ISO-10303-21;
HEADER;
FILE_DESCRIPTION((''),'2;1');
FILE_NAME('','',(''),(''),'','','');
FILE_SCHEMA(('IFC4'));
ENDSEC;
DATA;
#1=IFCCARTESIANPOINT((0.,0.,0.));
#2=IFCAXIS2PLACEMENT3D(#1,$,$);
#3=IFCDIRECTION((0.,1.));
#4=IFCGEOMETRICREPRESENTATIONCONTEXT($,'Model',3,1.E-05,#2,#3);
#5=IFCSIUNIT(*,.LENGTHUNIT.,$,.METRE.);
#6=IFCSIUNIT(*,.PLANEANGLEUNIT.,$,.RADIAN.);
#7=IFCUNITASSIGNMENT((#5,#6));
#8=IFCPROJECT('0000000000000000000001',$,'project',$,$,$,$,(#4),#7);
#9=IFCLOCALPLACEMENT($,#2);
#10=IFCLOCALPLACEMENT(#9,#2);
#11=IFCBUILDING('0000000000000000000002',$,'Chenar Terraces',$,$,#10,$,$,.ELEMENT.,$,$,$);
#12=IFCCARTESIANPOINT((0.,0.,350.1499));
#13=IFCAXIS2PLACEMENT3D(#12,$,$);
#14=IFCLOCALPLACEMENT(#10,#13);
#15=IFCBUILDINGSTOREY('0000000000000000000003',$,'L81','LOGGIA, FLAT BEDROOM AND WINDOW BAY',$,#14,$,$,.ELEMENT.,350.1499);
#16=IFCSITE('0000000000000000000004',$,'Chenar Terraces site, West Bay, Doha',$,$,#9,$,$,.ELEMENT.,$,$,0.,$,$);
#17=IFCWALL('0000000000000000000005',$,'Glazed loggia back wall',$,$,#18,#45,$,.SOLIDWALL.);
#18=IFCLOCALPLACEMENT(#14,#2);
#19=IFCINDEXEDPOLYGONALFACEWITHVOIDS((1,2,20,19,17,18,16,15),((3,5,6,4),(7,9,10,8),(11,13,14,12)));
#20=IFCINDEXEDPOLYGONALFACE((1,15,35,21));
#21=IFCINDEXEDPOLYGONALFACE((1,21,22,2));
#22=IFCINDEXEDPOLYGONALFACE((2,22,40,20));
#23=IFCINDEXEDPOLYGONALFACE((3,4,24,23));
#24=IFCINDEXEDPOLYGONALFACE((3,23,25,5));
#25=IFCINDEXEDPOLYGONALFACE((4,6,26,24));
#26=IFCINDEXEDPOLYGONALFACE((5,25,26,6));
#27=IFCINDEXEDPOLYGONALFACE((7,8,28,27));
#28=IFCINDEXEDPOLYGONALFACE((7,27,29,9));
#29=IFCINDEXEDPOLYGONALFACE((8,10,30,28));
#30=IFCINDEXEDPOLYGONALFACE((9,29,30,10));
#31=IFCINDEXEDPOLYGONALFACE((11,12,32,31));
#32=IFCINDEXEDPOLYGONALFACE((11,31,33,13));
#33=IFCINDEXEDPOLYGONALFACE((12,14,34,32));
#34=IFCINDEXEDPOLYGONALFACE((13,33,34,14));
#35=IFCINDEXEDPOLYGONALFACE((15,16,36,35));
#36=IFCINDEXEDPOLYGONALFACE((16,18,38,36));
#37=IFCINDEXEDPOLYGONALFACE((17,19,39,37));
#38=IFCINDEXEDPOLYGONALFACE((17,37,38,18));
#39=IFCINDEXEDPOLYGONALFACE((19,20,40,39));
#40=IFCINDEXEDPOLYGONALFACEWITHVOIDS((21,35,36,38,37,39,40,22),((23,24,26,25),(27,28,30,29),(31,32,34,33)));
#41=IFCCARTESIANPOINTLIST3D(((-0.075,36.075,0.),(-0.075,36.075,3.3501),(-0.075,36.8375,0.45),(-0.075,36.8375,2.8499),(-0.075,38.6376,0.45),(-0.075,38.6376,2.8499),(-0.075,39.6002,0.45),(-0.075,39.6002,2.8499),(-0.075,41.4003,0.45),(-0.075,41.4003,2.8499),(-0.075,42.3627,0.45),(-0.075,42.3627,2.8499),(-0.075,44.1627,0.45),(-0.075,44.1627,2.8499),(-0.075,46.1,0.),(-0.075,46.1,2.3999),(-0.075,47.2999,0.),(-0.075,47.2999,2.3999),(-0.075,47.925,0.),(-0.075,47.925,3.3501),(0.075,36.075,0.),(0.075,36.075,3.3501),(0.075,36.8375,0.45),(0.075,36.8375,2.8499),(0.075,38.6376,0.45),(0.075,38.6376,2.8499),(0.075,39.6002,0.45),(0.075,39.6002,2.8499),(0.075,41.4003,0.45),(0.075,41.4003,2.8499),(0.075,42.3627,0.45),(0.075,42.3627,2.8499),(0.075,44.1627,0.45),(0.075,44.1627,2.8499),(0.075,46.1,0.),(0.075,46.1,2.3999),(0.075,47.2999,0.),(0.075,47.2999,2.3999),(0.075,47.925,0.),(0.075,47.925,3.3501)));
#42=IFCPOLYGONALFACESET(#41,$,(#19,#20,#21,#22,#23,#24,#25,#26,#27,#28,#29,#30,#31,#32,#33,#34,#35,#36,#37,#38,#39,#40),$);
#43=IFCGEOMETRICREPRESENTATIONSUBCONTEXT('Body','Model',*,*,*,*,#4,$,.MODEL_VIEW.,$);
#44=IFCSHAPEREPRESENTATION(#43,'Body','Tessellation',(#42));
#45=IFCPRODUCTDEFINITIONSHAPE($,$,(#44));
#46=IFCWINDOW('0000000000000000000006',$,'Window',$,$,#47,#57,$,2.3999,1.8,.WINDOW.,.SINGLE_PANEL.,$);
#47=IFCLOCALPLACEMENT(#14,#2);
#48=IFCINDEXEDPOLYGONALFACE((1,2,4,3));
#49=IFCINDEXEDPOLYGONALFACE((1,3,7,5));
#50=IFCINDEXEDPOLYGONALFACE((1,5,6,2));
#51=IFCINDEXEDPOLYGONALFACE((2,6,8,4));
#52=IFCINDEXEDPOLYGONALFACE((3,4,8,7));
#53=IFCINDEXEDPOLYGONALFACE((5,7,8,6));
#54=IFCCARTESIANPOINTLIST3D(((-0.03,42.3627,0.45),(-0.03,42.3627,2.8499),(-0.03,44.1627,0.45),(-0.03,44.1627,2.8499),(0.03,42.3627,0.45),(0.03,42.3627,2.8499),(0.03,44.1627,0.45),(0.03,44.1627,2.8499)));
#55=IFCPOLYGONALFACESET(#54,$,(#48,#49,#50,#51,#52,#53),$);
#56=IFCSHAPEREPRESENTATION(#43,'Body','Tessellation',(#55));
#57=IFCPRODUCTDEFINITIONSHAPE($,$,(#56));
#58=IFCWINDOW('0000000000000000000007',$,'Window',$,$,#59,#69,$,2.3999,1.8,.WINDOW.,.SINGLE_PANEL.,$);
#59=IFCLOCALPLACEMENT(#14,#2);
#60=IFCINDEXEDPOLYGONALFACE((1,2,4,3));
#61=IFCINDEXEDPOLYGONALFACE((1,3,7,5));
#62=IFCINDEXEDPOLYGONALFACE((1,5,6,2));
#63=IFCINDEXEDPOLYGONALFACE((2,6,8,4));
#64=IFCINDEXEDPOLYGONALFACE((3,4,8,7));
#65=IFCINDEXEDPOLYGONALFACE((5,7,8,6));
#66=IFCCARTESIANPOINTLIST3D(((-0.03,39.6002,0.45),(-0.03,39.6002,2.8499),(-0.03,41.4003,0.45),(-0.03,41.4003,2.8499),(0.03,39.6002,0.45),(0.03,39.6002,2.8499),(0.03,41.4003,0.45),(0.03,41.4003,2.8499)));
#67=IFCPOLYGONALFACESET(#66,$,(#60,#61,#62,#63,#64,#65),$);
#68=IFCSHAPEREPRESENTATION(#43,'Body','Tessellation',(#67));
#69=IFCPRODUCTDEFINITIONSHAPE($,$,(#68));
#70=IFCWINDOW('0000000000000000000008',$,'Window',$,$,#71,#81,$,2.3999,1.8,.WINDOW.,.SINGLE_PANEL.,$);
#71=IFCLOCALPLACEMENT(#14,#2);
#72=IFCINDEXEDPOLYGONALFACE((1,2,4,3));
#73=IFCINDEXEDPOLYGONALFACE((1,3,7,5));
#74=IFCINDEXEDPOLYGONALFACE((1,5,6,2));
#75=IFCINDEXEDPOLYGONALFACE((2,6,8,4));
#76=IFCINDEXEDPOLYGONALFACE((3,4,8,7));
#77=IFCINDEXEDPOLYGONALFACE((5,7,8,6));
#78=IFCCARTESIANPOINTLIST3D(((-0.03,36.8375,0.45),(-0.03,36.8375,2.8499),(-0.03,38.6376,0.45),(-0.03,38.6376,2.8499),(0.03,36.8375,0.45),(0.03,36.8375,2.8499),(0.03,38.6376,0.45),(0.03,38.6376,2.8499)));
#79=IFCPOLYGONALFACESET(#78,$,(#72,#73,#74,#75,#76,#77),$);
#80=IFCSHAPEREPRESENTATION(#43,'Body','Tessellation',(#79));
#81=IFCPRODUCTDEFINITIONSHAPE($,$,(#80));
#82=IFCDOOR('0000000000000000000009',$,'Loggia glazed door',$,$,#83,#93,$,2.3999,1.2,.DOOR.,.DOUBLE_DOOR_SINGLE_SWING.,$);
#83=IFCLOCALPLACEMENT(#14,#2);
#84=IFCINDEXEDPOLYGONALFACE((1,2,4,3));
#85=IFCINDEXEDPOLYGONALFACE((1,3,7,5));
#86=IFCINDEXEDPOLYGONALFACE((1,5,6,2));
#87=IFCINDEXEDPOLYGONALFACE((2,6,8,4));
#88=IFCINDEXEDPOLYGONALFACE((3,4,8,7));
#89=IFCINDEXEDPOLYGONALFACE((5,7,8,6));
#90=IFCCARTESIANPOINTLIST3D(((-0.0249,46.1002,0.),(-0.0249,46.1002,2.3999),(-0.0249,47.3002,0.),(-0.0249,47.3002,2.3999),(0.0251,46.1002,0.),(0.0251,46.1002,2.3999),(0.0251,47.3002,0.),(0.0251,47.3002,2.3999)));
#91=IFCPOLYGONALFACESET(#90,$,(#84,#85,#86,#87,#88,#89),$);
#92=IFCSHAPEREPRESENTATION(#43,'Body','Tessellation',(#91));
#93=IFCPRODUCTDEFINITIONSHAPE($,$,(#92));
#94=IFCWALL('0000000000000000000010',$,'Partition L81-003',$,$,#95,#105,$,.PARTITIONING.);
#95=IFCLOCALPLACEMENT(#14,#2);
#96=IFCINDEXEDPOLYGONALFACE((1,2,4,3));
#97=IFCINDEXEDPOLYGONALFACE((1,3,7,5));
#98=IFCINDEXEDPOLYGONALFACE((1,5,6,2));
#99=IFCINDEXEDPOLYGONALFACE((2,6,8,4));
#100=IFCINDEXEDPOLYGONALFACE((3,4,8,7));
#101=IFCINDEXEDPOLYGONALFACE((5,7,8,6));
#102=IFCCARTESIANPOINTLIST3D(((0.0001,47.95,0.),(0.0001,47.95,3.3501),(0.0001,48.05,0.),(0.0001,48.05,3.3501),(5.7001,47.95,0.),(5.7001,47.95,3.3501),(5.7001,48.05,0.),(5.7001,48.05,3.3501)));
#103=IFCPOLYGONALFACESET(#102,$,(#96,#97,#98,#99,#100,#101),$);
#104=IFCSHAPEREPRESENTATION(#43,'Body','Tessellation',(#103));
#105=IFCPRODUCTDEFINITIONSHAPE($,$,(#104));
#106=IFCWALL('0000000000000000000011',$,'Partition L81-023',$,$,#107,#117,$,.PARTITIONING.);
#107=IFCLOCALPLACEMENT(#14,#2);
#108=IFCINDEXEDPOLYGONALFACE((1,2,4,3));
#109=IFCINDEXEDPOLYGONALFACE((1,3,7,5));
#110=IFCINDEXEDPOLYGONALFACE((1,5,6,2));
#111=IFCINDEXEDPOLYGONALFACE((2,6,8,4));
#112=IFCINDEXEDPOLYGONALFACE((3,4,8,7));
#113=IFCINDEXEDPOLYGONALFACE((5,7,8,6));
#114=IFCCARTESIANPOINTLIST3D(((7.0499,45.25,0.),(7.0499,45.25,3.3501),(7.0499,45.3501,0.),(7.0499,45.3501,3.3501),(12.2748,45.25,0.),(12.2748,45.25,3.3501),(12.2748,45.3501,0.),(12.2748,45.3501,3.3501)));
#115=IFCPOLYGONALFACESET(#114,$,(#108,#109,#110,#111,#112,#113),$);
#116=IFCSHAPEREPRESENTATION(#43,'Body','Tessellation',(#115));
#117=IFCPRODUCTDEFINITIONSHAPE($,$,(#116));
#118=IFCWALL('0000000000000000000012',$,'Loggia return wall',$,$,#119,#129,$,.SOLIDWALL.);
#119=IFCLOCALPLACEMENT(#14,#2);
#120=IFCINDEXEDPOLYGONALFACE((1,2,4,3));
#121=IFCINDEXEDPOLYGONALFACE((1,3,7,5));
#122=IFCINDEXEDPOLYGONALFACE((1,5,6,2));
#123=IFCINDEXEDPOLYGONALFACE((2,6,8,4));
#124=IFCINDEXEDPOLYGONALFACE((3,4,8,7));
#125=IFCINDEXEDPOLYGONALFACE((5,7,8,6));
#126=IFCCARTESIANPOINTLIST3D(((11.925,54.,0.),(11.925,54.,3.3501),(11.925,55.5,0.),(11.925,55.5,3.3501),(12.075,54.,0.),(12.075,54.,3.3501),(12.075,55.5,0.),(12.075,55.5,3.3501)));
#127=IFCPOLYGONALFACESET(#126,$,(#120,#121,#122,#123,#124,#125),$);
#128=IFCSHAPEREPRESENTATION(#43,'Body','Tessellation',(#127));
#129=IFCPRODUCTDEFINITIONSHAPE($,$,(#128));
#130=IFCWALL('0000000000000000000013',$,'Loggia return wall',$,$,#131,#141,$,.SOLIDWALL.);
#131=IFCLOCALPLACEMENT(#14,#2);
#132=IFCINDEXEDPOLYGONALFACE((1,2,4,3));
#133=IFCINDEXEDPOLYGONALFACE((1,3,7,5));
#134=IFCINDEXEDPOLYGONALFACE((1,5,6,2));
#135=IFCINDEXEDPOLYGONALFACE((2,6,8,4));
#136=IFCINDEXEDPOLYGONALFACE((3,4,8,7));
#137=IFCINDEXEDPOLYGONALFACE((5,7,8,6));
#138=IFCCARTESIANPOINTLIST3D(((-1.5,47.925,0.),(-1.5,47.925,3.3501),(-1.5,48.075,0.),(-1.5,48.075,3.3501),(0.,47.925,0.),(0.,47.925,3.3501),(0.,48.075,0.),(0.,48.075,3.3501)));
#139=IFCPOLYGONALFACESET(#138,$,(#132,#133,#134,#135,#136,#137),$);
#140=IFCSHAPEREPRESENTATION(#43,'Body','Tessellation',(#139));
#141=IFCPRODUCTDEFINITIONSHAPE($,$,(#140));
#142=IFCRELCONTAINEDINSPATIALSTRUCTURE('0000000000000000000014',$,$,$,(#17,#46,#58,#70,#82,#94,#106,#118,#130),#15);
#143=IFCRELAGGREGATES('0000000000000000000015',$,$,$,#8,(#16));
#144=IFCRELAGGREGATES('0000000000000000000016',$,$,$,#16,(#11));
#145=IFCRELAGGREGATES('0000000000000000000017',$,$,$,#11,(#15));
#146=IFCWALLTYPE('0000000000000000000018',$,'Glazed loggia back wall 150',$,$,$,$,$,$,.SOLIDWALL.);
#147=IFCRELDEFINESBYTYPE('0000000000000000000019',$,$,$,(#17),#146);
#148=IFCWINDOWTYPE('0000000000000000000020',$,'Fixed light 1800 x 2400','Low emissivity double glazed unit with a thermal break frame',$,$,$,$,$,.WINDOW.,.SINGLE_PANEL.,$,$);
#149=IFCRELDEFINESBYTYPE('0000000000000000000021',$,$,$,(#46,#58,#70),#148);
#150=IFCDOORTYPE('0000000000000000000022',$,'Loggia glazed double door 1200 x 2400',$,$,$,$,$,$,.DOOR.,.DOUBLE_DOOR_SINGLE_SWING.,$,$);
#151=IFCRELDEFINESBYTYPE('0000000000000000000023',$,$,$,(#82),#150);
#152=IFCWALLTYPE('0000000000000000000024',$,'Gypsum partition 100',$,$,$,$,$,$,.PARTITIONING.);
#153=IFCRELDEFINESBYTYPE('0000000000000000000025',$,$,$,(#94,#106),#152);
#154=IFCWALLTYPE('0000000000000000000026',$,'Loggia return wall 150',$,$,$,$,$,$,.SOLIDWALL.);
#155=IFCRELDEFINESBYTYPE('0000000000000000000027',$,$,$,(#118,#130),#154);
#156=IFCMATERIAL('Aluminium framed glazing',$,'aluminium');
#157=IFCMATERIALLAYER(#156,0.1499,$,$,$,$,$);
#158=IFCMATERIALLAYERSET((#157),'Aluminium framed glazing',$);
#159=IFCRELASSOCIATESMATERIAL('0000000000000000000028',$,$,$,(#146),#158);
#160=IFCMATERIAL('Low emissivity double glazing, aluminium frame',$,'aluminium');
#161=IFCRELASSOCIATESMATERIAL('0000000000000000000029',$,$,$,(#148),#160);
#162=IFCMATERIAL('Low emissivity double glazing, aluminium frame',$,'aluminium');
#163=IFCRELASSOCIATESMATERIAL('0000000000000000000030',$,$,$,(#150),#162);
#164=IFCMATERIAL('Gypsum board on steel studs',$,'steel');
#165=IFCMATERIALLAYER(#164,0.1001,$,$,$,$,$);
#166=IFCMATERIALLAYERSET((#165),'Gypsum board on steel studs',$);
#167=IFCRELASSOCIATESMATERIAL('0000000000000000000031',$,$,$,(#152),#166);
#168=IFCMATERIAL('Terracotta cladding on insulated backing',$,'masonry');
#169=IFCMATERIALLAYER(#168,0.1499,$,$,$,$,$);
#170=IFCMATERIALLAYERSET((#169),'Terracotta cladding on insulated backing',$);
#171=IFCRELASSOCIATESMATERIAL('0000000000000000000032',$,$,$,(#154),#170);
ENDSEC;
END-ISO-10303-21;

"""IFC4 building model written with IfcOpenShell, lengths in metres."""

from ifc_helpers import new_model, si_unit, direction, frame, frame_2d, origin, place, context, subcontext, project, spatial, rectangle, extrude, material, layer, layer_set, type_object, element, fill, save


model = new_model("IFC4")

# Units and contexts
model_context = context("Model", 3, precision=1e-05, world=origin(), true_north=direction((0.0, 1.0)))
body_context = subcontext(model_context, "Body", "Model", "MODEL_VIEW")
ifc_project = project(units=[si_unit("LENGTHUNIT", "METRE"), si_unit("PLANEANGLEUNIT", "RADIAN")], contexts=[model_context])

# Site, building, storey
site_placement = place(None, origin())
site = spatial("IfcSite", under=ifc_project, at=site_placement, Name="Chenar Terraces site, West Bay, Doha", CompositionType="ELEMENT", RefElevation=0.0)
building_placement = place(site_placement, origin())
building = spatial("IfcBuilding", under=site, at=building_placement, Name="Chenar Terraces", CompositionType="ELEMENT")
storey_placement = place(building_placement, frame((0.0, 0.0, 350.1499)))
storey = spatial("IfcBuildingStorey", under=building, at=storey_placement, Name="L81", Description="LOGGIA, FLAT BEDROOM AND WINDOW BAY", CompositionType="ELEMENT", Elevation=350.1499)

# Wall, openings, windows, door
ifc_material_1 = material(Name="Aluminium framed glazing", Category="aluminium")
ifc_layer_1 = layer(ifc_material_1, 0.1499)
ifc_layer_set_1 = layer_set([ifc_layer_1], Name="Aluminium framed glazing")
wall_type_1 = type_object("IfcWallType", Name="Glazed loggia back wall 150", PredefinedType="SOLIDWALL", material=ifc_layer_set_1)
wall_1_placement = place(storey_placement, frame((0.0, 47.925, 0.0), z_axis=(0.0, 0.0, 1.0), x_axis=(0.0, -1.0, 0.0)))
wall_1 = element("IfcWall", 1, at=wall_1_placement, inside=storey, type_object=wall_type_1, Name="Glazed loggia back wall", PredefinedType="SOLIDWALL", context=body_context, shape_type="SweptSolid", body=[
    extrude(rectangle(XDim=11.8501, YDim=0.1499, at=frame_2d((5.925, 0.0))), origin(), (0.0, 0.0, 1.0), 3.3501),
])
opening_1_placement = place(wall_1_placement, frame((0.625, 0.0, 0.0)))
opening_1 = element("IfcOpeningElement", 2, at=opening_1_placement, cuts=wall_1, PredefinedType="OPENING", context=body_context, shape_type="SweptSolid", body=[
    extrude(rectangle(XDim=1.2, YDim=2.3999, at=frame_2d((0.6001, 1.2))), frame((0.0, 0.085, 0.0), z_axis=(0.0, -1.0, 0.0), x_axis=(1.0, 0.0, 0.0)), (0.0, 0.0, 1.0), 0.1699),
])
opening_2_placement = place(wall_1_placement, frame((3.7625, 0.0, 0.45)))
opening_2 = element("IfcOpeningElement", 3, at=opening_2_placement, cuts=wall_1, PredefinedType="OPENING", context=body_context, shape_type="SweptSolid", body=[
    extrude(rectangle(XDim=1.8, YDim=2.3999, at=frame_2d((0.8999, 1.2))), frame((0.0, 0.085, 0.0), z_axis=(0.0, -1.0, 0.0), x_axis=(1.0, 0.0, 0.0)), (0.0, 0.0, 1.0), 0.1699),
])
opening_3_placement = place(wall_1_placement, frame((6.5249, 0.0, 0.45)))
opening_3 = element("IfcOpeningElement", 4, at=opening_3_placement, cuts=wall_1, PredefinedType="OPENING", context=body_context, shape_type="SweptSolid", body=[
    extrude(rectangle(XDim=1.8, YDim=2.3999, at=frame_2d((0.8999, 1.2))), frame((0.0, 0.085, 0.0), z_axis=(0.0, -1.0, 0.0), x_axis=(1.0, 0.0, 0.0)), (0.0, 0.0, 1.0), 0.1699),
])
opening_4_placement = place(wall_1_placement, frame((9.2876, 0.0, 0.45)))
opening_4 = element("IfcOpeningElement", 5, at=opening_4_placement, cuts=wall_1, PredefinedType="OPENING", context=body_context, shape_type="SweptSolid", body=[
    extrude(rectangle(XDim=1.8, YDim=2.3999, at=frame_2d((0.8999, 1.2))), frame((0.0, 0.085, 0.0), z_axis=(0.0, -1.0, 0.0), x_axis=(1.0, 0.0, 0.0)), (0.0, 0.0, 1.0), 0.1699),
])
ifc_material_2 = material(Name="Low emissivity double glazing, aluminium frame", Category="aluminium")
window_type_1 = type_object("IfcWindowType", Name="Fixed light 1800 x 2400", Description="Low emissivity double glazed unit with a thermal break frame", PartitioningType="SINGLE_PANEL", PredefinedType="WINDOW", material=ifc_material_2)
window_1_placement = place(opening_2_placement, origin())
window_1 = element("IfcWindow", 6, at=window_1_placement, inside=storey, type_object=window_type_1, Name="Window", OverallHeight=2.3999, OverallWidth=1.8, PartitioningType="SINGLE_PANEL", PredefinedType="WINDOW", context=body_context, shape_type="SweptSolid", body=[
    extrude(rectangle(XDim=1.8, YDim=2.3999, at=frame_2d((0.8999, 1.2))), frame((0.0, 0.03, 0.0), z_axis=(0.0, -1.0, 0.0), x_axis=(1.0, 0.0, 0.0)), (0.0, 0.0, 1.0), 0.0601),
])
fill(opening_2, window_1)
window_2_placement = place(opening_3_placement, origin())
window_2 = element("IfcWindow", 7, at=window_2_placement, inside=storey, type_object=window_type_1, Name="Window", OverallHeight=2.3999, OverallWidth=1.8, PartitioningType="SINGLE_PANEL", PredefinedType="WINDOW", context=body_context, shape_type="SweptSolid", body=[
    extrude(rectangle(XDim=1.8, YDim=2.3999, at=frame_2d((0.8999, 1.2))), frame((0.0, 0.03, 0.0), z_axis=(0.0, -1.0, 0.0), x_axis=(1.0, 0.0, 0.0)), (0.0, 0.0, 1.0), 0.0601),
])
fill(opening_3, window_2)
window_3_placement = place(opening_4_placement, origin())
window_3 = element("IfcWindow", 8, at=window_3_placement, inside=storey, type_object=window_type_1, Name="Window", OverallHeight=2.3999, OverallWidth=1.8, PartitioningType="SINGLE_PANEL", PredefinedType="WINDOW", context=body_context, shape_type="SweptSolid", body=[
    extrude(rectangle(XDim=1.8, YDim=2.3999, at=frame_2d((0.8999, 1.2))), frame((0.0, 0.03, 0.0), z_axis=(0.0, -1.0, 0.0), x_axis=(1.0, 0.0, 0.0)), (0.0, 0.0, 1.0), 0.0601),
])
fill(opening_4, window_3)
ifc_material_3 = material(Name="Low emissivity double glazing, aluminium frame", Category="aluminium")
door_type = type_object("IfcDoorType", Name="Loggia glazed double door 1200 x 2400", OperationType="DOUBLE_DOOR_SINGLE_SWING", PredefinedType="DOOR", material=ifc_material_3)
door_placement = place(opening_1_placement, frame((1.2, 0.0, 0.0), z_axis=(0.0, 0.0, 1.0), x_axis=(-1.0, 0.0, 0.0)))
door = element("IfcDoor", 9, at=door_placement, inside=storey, type_object=door_type, Name="Loggia glazed door", OperationType="DOUBLE_DOOR_SINGLE_SWING", OverallHeight=2.3999, OverallWidth=1.2, PredefinedType="DOOR", context=body_context, shape_type="SweptSolid", body=[
    extrude(rectangle(XDim=1.2, YDim=2.3999, at=frame_2d((0.6001, 1.2))), frame((0.0, 0.0249, 0.0), z_axis=(0.0, -1.0, 0.0), x_axis=(1.0, 0.0, 0.0)), (0.0, 0.0, 1.0), 0.05),
])
fill(opening_1, door)

# Walls
ifc_material_4 = material(Name="Gypsum board on steel studs", Category="steel")
ifc_layer_2 = layer(ifc_material_4, 0.1001)
ifc_layer_set_2 = layer_set([ifc_layer_2], Name="Gypsum board on steel studs")
wall_type_2 = type_object("IfcWallType", Name="Gypsum partition 100", PredefinedType="PARTITIONING", material=ifc_layer_set_2)
wall_2_placement = place(storey_placement, frame((0.0, 48.0, 0.0), z_axis=(0.0, 0.0, 1.0), x_axis=(1.0, 0.0, 0.0)))
element("IfcWall", 10, at=wall_2_placement, inside=storey, type_object=wall_type_2, Name="Partition L81-003", PredefinedType="PARTITIONING", context=body_context, shape_type="SweptSolid", body=[
    extrude(rectangle(XDim=5.7, YDim=0.1001, at=frame_2d((2.8501, 0.0))), origin(), (0.0, 0.0, 1.0), 3.3501),
])
wall_3_placement = place(storey_placement, frame((7.05, 45.3, 0.0), z_axis=(0.0, 0.0, 1.0), x_axis=(1.0, 0.0, 0.0)))
element("IfcWall", 11, at=wall_3_placement, inside=storey, type_object=wall_type_2, Name="Partition L81-023", PredefinedType="PARTITIONING", context=body_context, shape_type="SweptSolid", body=[
    extrude(rectangle(XDim=5.2249, YDim=0.1001, at=frame_2d((2.6123, 0.0))), origin(), (0.0, 0.0, 1.0), 3.3501),
])
ifc_material_5 = material(Name="Terracotta cladding on insulated backing", Category="masonry")
ifc_layer_3 = layer(ifc_material_5, 0.1499)
ifc_layer_set_3 = layer_set([ifc_layer_3], Name="Terracotta cladding on insulated backing")
wall_type_3 = type_object("IfcWallType", Name="Loggia return wall 150", PredefinedType="SOLIDWALL", material=ifc_layer_set_3)
for number, where, z_axis, x_axis, name in (
    (12, (12.0, 55.5, 0.0), (0.0, 0.0, 1.0), (0.0, -1.0, 0.0), "Loggia return wall"),
    (13, (-1.5, 48.0, 0.0), (0.0, 0.0, 1.0), (1.0, 0.0, 0.0), "Loggia return wall"),
):
    element("IfcWall", number, at=place(storey_placement, frame(where, z_axis=z_axis, x_axis=x_axis)), inside=storey, type_object=wall_type_3, Name=name, PredefinedType="SOLIDWALL", context=body_context, shape_type="SweptSolid", body=[
        extrude(rectangle(XDim=1.5, YDim=0.1499, at=frame_2d((0.75, 0.0))), origin(), (0.0, 0.0, 1.0), 3.3501),
    ])

save(model, "model.ifc")
